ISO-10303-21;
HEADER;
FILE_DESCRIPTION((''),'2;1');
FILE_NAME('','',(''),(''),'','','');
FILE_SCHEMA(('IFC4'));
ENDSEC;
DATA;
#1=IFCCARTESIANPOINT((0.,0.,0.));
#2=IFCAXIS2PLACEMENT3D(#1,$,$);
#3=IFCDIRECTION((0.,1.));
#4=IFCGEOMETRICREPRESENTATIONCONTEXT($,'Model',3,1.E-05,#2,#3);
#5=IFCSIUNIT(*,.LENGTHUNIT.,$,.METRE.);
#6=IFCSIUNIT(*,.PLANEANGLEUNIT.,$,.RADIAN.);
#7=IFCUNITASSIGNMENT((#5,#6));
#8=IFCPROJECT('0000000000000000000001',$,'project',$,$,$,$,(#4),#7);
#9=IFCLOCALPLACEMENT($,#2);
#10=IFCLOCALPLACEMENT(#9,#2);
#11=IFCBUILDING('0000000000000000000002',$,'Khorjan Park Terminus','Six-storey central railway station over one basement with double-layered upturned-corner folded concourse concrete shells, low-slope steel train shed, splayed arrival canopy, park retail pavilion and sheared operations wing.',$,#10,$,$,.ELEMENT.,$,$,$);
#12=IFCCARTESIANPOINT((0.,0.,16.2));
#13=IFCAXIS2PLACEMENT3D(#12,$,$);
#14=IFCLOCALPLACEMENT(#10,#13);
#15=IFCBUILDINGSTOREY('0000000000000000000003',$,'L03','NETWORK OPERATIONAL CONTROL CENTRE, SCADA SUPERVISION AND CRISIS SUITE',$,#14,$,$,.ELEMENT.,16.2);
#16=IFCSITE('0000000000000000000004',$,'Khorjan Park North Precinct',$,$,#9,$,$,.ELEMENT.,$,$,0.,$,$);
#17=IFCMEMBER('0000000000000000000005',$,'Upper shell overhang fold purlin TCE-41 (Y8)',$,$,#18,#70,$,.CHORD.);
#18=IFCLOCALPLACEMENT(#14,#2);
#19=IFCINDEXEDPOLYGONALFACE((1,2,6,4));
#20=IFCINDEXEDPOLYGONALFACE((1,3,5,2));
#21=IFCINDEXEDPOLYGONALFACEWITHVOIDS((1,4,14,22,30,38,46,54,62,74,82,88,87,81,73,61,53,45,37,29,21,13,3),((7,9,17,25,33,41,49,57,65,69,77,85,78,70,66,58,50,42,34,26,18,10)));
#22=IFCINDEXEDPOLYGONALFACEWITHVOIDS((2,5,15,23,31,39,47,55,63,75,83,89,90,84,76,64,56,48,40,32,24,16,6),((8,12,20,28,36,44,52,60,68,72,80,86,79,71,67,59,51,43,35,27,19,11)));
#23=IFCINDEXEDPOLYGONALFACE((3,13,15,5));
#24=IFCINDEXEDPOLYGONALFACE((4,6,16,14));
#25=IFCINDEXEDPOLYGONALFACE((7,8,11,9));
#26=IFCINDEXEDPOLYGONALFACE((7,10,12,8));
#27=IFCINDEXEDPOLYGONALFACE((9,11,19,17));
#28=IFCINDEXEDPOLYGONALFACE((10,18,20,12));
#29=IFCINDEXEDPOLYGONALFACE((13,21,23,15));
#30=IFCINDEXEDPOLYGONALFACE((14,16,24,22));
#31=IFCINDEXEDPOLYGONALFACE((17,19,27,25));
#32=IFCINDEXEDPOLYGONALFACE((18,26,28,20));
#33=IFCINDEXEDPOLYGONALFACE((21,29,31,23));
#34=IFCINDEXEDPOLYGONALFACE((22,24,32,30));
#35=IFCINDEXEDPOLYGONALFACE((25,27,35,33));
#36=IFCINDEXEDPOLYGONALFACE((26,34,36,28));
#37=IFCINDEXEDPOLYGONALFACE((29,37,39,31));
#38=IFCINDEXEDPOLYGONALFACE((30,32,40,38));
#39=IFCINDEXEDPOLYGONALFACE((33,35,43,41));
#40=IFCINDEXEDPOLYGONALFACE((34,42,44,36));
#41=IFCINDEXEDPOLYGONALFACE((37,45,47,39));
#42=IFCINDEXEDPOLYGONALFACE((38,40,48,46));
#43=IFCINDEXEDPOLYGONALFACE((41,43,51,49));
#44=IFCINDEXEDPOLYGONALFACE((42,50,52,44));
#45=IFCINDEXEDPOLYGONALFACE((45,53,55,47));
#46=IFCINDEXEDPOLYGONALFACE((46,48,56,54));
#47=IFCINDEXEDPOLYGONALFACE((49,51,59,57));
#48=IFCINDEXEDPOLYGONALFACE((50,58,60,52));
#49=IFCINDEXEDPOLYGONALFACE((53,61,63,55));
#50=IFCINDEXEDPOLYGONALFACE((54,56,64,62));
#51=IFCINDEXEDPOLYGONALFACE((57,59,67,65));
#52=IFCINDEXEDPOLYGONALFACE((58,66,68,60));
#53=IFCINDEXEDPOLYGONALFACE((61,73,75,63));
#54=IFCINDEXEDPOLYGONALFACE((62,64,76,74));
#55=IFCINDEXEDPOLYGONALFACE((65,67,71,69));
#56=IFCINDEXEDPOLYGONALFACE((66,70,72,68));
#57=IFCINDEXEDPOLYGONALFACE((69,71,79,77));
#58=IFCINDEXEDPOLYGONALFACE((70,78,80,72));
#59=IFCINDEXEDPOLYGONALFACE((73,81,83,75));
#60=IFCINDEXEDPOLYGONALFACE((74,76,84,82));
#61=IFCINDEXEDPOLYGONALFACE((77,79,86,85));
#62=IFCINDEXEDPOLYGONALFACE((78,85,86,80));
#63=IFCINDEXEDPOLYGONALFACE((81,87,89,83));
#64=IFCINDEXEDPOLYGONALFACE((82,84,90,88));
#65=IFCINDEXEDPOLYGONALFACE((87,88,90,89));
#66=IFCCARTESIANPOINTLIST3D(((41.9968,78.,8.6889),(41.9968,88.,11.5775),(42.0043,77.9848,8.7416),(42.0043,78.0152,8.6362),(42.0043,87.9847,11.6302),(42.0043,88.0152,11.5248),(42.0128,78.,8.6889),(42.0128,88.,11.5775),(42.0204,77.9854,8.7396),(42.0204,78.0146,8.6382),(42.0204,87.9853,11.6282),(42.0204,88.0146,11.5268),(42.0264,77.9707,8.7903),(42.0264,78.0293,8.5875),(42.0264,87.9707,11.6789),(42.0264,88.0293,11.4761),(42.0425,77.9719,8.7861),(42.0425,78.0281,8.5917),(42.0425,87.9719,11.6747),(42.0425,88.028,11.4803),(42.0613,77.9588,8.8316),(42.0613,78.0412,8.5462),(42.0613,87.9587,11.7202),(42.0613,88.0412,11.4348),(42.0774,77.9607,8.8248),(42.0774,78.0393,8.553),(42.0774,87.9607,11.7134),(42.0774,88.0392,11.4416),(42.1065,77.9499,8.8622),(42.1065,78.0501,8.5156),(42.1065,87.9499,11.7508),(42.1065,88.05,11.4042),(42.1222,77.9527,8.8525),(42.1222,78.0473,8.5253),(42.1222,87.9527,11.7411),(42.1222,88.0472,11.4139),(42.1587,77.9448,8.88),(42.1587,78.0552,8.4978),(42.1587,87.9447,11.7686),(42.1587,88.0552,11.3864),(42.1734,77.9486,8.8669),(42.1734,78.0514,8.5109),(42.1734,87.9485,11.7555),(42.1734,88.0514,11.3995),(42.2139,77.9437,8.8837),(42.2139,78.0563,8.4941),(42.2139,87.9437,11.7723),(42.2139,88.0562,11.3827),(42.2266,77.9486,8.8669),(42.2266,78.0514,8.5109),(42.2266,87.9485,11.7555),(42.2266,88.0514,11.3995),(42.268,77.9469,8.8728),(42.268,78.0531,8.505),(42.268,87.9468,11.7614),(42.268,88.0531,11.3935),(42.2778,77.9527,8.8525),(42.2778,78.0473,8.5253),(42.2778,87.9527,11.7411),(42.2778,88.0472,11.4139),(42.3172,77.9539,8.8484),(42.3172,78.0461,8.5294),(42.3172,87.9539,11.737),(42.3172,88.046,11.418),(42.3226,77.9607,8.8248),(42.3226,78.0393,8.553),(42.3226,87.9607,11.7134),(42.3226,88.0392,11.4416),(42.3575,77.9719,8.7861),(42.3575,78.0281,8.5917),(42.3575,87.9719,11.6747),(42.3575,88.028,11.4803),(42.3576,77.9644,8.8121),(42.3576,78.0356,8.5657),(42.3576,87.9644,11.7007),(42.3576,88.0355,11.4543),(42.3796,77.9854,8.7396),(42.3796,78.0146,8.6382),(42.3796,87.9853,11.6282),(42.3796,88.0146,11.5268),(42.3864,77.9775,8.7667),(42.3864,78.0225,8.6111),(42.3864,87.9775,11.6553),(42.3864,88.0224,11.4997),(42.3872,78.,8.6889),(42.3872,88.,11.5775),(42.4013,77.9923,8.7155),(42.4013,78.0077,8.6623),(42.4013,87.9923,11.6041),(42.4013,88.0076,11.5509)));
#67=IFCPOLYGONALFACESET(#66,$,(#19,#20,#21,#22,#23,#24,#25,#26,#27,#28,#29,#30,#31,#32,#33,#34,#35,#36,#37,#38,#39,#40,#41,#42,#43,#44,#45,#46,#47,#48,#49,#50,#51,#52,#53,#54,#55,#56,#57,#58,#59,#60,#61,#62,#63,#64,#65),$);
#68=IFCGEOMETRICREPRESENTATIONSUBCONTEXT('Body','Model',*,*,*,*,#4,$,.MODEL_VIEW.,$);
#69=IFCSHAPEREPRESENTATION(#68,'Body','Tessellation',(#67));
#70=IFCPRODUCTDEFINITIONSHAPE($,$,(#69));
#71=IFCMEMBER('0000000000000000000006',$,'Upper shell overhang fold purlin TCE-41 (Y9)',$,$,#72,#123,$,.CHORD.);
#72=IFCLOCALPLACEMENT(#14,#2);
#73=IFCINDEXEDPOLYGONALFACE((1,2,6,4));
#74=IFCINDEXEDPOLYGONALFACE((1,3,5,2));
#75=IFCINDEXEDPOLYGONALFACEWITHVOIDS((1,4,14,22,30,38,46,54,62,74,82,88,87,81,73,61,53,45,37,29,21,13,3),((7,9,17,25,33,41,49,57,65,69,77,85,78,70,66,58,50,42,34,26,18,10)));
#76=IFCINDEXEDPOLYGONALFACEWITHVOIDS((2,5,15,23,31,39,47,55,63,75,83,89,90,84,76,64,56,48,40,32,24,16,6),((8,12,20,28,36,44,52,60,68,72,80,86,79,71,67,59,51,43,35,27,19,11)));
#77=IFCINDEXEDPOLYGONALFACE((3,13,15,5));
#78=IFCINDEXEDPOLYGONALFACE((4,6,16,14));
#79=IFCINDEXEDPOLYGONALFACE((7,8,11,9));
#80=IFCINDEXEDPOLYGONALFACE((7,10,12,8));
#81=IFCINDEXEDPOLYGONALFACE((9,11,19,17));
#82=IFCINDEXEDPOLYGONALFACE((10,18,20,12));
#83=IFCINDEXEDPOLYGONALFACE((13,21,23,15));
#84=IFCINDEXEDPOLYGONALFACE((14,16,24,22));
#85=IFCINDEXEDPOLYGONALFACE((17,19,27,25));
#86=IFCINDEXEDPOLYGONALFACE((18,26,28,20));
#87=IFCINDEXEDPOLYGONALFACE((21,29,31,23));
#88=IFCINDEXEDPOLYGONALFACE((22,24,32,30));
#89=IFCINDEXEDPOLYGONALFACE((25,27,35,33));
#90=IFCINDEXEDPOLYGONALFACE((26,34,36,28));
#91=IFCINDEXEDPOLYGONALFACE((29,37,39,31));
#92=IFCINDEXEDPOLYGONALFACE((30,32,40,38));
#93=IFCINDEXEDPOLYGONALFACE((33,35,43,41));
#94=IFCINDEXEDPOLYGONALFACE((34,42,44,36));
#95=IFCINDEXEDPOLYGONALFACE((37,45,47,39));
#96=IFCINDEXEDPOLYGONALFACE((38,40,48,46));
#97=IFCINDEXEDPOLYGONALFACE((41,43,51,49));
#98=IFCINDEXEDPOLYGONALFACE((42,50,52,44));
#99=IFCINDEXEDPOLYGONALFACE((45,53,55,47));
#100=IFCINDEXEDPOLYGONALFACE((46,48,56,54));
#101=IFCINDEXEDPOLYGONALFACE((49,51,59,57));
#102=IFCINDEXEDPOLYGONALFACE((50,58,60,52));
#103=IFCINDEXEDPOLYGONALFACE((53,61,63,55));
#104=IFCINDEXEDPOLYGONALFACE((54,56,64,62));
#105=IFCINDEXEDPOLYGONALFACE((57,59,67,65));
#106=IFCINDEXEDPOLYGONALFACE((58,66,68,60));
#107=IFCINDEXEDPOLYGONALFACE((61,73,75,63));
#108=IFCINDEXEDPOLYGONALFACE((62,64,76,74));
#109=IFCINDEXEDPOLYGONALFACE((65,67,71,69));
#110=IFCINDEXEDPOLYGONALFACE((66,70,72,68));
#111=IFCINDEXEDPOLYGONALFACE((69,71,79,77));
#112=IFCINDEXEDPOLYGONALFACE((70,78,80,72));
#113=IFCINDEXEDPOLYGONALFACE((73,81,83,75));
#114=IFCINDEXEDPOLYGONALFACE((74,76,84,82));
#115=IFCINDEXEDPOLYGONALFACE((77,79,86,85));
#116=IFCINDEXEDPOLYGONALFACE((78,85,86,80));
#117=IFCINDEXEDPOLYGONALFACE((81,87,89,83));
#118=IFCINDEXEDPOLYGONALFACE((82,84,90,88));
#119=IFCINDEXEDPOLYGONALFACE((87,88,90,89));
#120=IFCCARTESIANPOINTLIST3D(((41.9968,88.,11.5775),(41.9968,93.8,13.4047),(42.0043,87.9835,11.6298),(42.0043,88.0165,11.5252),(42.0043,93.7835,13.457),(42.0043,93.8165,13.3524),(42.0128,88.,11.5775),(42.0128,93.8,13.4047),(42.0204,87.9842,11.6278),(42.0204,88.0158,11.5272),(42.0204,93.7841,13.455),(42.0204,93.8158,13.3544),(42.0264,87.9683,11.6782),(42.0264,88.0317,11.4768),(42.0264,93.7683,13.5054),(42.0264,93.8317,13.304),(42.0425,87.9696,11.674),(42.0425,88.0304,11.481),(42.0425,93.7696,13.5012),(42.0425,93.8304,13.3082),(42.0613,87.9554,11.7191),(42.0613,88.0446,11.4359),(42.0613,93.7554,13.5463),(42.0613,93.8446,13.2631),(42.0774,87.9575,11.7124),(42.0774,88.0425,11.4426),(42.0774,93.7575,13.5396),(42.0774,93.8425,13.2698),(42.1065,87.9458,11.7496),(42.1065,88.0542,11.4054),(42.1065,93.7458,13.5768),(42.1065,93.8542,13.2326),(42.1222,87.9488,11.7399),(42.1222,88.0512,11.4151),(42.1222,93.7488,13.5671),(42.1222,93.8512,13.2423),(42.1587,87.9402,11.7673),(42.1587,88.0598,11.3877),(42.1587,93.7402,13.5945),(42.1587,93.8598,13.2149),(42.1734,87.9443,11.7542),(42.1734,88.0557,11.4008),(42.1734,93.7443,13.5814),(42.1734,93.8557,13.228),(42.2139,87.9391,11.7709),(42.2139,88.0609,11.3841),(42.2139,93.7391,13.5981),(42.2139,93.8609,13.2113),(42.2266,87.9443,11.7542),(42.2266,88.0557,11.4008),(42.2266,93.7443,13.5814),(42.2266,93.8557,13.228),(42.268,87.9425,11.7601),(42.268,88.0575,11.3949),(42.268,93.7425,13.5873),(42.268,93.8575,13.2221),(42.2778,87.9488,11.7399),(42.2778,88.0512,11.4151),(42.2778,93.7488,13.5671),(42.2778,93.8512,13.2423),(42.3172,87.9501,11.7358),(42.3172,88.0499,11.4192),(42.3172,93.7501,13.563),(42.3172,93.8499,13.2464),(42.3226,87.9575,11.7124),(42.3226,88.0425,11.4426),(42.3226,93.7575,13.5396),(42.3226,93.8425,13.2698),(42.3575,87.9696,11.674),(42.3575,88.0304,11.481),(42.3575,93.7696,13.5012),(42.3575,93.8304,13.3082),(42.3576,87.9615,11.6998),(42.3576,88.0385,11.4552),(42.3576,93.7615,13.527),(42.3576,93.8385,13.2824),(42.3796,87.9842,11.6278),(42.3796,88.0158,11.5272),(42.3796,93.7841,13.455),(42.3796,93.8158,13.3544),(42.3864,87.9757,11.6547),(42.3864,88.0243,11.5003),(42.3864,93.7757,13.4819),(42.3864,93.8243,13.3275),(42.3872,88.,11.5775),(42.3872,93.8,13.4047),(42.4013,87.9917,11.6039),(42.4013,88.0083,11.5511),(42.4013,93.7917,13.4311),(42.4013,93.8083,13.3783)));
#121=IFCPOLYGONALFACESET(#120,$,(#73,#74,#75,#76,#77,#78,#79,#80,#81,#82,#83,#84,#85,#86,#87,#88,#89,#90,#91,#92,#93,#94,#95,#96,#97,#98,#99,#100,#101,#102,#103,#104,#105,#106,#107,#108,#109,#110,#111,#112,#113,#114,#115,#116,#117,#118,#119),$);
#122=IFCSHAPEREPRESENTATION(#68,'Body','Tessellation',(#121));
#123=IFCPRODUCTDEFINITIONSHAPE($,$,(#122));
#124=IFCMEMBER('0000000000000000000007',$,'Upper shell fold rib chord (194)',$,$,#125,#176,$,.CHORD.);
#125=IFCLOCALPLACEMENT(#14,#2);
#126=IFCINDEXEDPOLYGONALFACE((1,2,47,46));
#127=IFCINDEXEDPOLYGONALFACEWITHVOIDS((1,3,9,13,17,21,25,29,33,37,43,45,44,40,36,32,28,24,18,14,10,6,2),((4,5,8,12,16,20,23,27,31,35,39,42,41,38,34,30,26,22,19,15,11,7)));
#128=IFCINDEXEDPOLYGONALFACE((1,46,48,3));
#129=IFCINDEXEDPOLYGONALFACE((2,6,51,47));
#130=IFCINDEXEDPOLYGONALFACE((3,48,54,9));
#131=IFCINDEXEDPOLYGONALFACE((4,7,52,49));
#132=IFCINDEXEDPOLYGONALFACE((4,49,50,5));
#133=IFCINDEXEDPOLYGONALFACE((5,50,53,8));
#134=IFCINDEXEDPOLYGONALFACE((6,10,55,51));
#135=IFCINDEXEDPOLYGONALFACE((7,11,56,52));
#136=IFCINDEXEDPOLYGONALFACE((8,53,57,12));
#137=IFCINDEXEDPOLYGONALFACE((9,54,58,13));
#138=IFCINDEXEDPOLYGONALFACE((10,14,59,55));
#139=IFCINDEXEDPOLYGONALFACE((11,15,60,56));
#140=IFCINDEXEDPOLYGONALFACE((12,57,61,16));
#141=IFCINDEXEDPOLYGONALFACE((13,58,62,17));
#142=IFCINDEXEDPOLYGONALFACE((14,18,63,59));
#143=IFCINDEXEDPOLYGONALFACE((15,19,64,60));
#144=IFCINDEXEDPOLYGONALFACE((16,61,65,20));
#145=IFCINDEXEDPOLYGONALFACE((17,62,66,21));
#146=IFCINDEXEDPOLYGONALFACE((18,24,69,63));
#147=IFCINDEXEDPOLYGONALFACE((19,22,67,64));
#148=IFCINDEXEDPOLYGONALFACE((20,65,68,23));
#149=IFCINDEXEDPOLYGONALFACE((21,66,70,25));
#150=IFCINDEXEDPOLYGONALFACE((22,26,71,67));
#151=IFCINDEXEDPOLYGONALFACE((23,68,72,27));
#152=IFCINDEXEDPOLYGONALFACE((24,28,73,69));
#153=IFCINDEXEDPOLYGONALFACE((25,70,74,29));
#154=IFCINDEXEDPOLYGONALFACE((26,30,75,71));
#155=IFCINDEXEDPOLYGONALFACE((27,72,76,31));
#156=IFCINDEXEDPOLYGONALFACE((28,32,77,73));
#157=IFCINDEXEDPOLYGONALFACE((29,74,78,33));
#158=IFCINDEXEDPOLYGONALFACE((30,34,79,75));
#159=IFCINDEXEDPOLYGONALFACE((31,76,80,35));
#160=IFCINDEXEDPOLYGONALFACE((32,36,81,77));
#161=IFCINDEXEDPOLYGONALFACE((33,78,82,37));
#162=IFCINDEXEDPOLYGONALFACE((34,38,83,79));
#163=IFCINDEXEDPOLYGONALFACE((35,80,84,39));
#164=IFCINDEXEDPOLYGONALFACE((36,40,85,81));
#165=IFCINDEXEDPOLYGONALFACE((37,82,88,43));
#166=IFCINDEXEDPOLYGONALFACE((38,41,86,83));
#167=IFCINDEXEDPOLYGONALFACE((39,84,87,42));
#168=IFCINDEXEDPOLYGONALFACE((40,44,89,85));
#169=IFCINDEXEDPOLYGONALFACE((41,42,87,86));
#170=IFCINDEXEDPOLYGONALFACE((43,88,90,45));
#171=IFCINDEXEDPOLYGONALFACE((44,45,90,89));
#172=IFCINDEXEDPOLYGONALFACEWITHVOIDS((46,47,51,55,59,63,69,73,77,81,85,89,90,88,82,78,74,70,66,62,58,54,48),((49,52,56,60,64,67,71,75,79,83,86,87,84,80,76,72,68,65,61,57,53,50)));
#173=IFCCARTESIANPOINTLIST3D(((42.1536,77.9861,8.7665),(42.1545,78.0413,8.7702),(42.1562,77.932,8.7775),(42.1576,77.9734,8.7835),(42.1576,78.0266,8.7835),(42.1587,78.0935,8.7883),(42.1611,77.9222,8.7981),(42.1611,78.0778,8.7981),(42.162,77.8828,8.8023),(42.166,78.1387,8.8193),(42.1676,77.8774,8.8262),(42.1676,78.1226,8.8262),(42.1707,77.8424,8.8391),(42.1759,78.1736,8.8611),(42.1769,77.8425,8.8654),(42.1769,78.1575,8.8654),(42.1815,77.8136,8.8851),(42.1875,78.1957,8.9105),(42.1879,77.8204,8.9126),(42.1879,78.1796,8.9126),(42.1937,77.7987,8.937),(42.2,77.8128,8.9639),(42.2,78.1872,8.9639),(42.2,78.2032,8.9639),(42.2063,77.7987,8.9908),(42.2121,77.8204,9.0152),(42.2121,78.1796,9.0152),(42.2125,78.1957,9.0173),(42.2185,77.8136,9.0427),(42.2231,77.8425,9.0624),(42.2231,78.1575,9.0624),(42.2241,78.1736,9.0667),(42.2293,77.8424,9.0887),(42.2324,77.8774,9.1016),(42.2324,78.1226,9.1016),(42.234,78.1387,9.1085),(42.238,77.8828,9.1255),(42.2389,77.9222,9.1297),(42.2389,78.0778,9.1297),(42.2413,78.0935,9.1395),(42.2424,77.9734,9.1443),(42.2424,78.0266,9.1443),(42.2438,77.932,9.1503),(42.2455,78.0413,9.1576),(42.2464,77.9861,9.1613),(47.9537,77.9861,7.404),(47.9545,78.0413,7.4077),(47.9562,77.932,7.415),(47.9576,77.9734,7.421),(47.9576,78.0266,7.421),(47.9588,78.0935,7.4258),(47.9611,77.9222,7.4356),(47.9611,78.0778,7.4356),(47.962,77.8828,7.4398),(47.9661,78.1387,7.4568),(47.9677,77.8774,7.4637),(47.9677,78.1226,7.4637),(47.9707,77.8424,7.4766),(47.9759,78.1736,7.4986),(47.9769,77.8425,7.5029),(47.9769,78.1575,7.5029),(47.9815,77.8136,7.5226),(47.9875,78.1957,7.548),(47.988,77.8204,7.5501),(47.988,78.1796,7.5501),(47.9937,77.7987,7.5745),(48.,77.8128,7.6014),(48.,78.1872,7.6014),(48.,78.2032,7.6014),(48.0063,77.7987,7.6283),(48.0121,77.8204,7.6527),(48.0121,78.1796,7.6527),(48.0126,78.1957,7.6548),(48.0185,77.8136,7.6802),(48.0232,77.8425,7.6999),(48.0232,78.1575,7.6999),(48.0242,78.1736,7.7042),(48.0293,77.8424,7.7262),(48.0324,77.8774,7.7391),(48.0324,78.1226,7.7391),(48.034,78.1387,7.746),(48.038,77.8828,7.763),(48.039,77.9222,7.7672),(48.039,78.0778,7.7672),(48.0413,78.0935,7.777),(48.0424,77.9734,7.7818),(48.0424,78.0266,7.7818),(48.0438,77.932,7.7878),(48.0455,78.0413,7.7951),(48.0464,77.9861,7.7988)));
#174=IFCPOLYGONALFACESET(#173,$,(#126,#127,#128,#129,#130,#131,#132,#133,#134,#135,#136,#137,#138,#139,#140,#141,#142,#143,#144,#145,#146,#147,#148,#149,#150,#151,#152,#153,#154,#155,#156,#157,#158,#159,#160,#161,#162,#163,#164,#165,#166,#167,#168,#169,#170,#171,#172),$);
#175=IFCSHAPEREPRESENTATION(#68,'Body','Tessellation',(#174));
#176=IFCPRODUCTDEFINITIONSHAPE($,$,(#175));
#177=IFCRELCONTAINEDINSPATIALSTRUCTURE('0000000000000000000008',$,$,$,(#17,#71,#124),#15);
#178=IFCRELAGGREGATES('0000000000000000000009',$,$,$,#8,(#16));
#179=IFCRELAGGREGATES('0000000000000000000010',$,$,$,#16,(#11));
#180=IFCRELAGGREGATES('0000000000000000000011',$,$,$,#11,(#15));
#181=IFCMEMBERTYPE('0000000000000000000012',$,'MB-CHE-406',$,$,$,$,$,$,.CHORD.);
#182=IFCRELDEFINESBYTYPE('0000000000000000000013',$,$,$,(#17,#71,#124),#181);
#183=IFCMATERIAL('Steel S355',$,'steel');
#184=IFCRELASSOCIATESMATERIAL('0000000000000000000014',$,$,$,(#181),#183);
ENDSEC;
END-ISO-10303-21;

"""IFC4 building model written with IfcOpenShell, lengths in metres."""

from ifc_helpers import new_model, si_unit, direction, frame, origin, origin_2d, place, context, subcontext, project, spatial, hollow_circle, extrude, material, material_profile, profile_set, type_object, element, save


model = new_model("IFC4")

# Units and contexts
model_context = context("Model", 3, precision=1e-05, world=origin(), true_north=direction((0.0, 1.0)))
body_context = subcontext(model_context, "Body", "Model", "MODEL_VIEW")
ifc_project = project(units=[si_unit("LENGTHUNIT", "METRE"), si_unit("PLANEANGLEUNIT", "RADIAN")], contexts=[model_context])

# Site, building, storey
site_placement = place(None, origin())
site = spatial("IfcSite", under=ifc_project, at=site_placement, Name="Khorjan Park North Precinct", CompositionType="ELEMENT", RefElevation=0.0)
building_placement = place(site_placement, origin())
building = spatial("IfcBuilding", under=site, at=building_placement, Name="Khorjan Park Terminus", Description="Six-storey central railway station over one basement with double-layered upturned-corner folded concourse concrete shells, low-slope steel train shed, splayed arrival canopy, park retail pavilion and sheared operations wing.", CompositionType="ELEMENT")
storey_placement = place(building_placement, frame((0.0, 0.0, 16.2)))
storey = spatial("IfcBuildingStorey", under=building, at=storey_placement, Name="L03", Description="NETWORK OPERATIONAL CONTROL CENTRE, SCADA SUPERVISION AND CRISIS SUITE", CompositionType="ELEMENT", Elevation=16.2)

# Members
ifc_material = material(Name="Steel S355", Category="steel")
ifc_material_profile_1 = material_profile(ifc_material, hollow_circle(Radius=0.2032, WallThickness=0.016, at=origin_2d()), Name="CHS 406.4x16")
ifc_profile_set_1 = profile_set([ifc_material_profile_1], Name="Steel S355")
member_type_1 = type_object("IfcMemberType", Name="MB-CHE-406", PredefinedType="CHORD", material=ifc_profile_set_1)
member_1_placement = place(storey_placement, frame((42.2, 78.0, 8.6889), z_axis=(0.0, 0.960722, 0.277514), x_axis=(-1.0, 0.0, 0.0)))
element("IfcMember", 1, at=member_1_placement, inside=storey, type_object=member_type_1, Name="Upper shell overhang fold purlin TCE-41 (Y8)", PredefinedType="CHORD", context=body_context, shape_type="SweptSolid", body=[
    extrude(hollow_circle(Radius=0.2032, WallThickness=0.016, at=origin_2d()), origin(), (0.0, 0.0, 1.0), 10.4088),
])
member_2_placement = place(storey_placement, frame((42.2, 88.0, 11.5775), z_axis=(0.0, 0.953789, 0.300476), x_axis=(-1.0, 0.0, 0.0)))
element("IfcMember", 2, at=member_2_placement, inside=storey, type_object=member_type_1, Name="Upper shell overhang fold purlin TCE-41 (Y9)", PredefinedType="CHORD", context=body_context, shape_type="SweptSolid", body=[
    extrude(hollow_circle(Radius=0.2032, WallThickness=0.016, at=origin_2d()), origin(), (0.0, 0.0, 1.0), 6.081),
])
member_3_placement = place(storey_placement, frame((42.2, 78.0, 8.9639), z_axis=(0.9735, 0.0, -0.228688), x_axis=(0.0, 1.0, 0.0)))
element("IfcMember", 3, at=member_3_placement, inside=storey, type_object=member_type_1, Name="Upper shell fold rib chord (194)", PredefinedType="CHORD", context=body_context, shape_type="SweptSolid", body=[
    extrude(hollow_circle(Radius=0.2032, WallThickness=0.016, at=origin_2d()), origin(), (0.0, 0.0, 1.0), 5.9579),
])

save(model, "model.ifc")
